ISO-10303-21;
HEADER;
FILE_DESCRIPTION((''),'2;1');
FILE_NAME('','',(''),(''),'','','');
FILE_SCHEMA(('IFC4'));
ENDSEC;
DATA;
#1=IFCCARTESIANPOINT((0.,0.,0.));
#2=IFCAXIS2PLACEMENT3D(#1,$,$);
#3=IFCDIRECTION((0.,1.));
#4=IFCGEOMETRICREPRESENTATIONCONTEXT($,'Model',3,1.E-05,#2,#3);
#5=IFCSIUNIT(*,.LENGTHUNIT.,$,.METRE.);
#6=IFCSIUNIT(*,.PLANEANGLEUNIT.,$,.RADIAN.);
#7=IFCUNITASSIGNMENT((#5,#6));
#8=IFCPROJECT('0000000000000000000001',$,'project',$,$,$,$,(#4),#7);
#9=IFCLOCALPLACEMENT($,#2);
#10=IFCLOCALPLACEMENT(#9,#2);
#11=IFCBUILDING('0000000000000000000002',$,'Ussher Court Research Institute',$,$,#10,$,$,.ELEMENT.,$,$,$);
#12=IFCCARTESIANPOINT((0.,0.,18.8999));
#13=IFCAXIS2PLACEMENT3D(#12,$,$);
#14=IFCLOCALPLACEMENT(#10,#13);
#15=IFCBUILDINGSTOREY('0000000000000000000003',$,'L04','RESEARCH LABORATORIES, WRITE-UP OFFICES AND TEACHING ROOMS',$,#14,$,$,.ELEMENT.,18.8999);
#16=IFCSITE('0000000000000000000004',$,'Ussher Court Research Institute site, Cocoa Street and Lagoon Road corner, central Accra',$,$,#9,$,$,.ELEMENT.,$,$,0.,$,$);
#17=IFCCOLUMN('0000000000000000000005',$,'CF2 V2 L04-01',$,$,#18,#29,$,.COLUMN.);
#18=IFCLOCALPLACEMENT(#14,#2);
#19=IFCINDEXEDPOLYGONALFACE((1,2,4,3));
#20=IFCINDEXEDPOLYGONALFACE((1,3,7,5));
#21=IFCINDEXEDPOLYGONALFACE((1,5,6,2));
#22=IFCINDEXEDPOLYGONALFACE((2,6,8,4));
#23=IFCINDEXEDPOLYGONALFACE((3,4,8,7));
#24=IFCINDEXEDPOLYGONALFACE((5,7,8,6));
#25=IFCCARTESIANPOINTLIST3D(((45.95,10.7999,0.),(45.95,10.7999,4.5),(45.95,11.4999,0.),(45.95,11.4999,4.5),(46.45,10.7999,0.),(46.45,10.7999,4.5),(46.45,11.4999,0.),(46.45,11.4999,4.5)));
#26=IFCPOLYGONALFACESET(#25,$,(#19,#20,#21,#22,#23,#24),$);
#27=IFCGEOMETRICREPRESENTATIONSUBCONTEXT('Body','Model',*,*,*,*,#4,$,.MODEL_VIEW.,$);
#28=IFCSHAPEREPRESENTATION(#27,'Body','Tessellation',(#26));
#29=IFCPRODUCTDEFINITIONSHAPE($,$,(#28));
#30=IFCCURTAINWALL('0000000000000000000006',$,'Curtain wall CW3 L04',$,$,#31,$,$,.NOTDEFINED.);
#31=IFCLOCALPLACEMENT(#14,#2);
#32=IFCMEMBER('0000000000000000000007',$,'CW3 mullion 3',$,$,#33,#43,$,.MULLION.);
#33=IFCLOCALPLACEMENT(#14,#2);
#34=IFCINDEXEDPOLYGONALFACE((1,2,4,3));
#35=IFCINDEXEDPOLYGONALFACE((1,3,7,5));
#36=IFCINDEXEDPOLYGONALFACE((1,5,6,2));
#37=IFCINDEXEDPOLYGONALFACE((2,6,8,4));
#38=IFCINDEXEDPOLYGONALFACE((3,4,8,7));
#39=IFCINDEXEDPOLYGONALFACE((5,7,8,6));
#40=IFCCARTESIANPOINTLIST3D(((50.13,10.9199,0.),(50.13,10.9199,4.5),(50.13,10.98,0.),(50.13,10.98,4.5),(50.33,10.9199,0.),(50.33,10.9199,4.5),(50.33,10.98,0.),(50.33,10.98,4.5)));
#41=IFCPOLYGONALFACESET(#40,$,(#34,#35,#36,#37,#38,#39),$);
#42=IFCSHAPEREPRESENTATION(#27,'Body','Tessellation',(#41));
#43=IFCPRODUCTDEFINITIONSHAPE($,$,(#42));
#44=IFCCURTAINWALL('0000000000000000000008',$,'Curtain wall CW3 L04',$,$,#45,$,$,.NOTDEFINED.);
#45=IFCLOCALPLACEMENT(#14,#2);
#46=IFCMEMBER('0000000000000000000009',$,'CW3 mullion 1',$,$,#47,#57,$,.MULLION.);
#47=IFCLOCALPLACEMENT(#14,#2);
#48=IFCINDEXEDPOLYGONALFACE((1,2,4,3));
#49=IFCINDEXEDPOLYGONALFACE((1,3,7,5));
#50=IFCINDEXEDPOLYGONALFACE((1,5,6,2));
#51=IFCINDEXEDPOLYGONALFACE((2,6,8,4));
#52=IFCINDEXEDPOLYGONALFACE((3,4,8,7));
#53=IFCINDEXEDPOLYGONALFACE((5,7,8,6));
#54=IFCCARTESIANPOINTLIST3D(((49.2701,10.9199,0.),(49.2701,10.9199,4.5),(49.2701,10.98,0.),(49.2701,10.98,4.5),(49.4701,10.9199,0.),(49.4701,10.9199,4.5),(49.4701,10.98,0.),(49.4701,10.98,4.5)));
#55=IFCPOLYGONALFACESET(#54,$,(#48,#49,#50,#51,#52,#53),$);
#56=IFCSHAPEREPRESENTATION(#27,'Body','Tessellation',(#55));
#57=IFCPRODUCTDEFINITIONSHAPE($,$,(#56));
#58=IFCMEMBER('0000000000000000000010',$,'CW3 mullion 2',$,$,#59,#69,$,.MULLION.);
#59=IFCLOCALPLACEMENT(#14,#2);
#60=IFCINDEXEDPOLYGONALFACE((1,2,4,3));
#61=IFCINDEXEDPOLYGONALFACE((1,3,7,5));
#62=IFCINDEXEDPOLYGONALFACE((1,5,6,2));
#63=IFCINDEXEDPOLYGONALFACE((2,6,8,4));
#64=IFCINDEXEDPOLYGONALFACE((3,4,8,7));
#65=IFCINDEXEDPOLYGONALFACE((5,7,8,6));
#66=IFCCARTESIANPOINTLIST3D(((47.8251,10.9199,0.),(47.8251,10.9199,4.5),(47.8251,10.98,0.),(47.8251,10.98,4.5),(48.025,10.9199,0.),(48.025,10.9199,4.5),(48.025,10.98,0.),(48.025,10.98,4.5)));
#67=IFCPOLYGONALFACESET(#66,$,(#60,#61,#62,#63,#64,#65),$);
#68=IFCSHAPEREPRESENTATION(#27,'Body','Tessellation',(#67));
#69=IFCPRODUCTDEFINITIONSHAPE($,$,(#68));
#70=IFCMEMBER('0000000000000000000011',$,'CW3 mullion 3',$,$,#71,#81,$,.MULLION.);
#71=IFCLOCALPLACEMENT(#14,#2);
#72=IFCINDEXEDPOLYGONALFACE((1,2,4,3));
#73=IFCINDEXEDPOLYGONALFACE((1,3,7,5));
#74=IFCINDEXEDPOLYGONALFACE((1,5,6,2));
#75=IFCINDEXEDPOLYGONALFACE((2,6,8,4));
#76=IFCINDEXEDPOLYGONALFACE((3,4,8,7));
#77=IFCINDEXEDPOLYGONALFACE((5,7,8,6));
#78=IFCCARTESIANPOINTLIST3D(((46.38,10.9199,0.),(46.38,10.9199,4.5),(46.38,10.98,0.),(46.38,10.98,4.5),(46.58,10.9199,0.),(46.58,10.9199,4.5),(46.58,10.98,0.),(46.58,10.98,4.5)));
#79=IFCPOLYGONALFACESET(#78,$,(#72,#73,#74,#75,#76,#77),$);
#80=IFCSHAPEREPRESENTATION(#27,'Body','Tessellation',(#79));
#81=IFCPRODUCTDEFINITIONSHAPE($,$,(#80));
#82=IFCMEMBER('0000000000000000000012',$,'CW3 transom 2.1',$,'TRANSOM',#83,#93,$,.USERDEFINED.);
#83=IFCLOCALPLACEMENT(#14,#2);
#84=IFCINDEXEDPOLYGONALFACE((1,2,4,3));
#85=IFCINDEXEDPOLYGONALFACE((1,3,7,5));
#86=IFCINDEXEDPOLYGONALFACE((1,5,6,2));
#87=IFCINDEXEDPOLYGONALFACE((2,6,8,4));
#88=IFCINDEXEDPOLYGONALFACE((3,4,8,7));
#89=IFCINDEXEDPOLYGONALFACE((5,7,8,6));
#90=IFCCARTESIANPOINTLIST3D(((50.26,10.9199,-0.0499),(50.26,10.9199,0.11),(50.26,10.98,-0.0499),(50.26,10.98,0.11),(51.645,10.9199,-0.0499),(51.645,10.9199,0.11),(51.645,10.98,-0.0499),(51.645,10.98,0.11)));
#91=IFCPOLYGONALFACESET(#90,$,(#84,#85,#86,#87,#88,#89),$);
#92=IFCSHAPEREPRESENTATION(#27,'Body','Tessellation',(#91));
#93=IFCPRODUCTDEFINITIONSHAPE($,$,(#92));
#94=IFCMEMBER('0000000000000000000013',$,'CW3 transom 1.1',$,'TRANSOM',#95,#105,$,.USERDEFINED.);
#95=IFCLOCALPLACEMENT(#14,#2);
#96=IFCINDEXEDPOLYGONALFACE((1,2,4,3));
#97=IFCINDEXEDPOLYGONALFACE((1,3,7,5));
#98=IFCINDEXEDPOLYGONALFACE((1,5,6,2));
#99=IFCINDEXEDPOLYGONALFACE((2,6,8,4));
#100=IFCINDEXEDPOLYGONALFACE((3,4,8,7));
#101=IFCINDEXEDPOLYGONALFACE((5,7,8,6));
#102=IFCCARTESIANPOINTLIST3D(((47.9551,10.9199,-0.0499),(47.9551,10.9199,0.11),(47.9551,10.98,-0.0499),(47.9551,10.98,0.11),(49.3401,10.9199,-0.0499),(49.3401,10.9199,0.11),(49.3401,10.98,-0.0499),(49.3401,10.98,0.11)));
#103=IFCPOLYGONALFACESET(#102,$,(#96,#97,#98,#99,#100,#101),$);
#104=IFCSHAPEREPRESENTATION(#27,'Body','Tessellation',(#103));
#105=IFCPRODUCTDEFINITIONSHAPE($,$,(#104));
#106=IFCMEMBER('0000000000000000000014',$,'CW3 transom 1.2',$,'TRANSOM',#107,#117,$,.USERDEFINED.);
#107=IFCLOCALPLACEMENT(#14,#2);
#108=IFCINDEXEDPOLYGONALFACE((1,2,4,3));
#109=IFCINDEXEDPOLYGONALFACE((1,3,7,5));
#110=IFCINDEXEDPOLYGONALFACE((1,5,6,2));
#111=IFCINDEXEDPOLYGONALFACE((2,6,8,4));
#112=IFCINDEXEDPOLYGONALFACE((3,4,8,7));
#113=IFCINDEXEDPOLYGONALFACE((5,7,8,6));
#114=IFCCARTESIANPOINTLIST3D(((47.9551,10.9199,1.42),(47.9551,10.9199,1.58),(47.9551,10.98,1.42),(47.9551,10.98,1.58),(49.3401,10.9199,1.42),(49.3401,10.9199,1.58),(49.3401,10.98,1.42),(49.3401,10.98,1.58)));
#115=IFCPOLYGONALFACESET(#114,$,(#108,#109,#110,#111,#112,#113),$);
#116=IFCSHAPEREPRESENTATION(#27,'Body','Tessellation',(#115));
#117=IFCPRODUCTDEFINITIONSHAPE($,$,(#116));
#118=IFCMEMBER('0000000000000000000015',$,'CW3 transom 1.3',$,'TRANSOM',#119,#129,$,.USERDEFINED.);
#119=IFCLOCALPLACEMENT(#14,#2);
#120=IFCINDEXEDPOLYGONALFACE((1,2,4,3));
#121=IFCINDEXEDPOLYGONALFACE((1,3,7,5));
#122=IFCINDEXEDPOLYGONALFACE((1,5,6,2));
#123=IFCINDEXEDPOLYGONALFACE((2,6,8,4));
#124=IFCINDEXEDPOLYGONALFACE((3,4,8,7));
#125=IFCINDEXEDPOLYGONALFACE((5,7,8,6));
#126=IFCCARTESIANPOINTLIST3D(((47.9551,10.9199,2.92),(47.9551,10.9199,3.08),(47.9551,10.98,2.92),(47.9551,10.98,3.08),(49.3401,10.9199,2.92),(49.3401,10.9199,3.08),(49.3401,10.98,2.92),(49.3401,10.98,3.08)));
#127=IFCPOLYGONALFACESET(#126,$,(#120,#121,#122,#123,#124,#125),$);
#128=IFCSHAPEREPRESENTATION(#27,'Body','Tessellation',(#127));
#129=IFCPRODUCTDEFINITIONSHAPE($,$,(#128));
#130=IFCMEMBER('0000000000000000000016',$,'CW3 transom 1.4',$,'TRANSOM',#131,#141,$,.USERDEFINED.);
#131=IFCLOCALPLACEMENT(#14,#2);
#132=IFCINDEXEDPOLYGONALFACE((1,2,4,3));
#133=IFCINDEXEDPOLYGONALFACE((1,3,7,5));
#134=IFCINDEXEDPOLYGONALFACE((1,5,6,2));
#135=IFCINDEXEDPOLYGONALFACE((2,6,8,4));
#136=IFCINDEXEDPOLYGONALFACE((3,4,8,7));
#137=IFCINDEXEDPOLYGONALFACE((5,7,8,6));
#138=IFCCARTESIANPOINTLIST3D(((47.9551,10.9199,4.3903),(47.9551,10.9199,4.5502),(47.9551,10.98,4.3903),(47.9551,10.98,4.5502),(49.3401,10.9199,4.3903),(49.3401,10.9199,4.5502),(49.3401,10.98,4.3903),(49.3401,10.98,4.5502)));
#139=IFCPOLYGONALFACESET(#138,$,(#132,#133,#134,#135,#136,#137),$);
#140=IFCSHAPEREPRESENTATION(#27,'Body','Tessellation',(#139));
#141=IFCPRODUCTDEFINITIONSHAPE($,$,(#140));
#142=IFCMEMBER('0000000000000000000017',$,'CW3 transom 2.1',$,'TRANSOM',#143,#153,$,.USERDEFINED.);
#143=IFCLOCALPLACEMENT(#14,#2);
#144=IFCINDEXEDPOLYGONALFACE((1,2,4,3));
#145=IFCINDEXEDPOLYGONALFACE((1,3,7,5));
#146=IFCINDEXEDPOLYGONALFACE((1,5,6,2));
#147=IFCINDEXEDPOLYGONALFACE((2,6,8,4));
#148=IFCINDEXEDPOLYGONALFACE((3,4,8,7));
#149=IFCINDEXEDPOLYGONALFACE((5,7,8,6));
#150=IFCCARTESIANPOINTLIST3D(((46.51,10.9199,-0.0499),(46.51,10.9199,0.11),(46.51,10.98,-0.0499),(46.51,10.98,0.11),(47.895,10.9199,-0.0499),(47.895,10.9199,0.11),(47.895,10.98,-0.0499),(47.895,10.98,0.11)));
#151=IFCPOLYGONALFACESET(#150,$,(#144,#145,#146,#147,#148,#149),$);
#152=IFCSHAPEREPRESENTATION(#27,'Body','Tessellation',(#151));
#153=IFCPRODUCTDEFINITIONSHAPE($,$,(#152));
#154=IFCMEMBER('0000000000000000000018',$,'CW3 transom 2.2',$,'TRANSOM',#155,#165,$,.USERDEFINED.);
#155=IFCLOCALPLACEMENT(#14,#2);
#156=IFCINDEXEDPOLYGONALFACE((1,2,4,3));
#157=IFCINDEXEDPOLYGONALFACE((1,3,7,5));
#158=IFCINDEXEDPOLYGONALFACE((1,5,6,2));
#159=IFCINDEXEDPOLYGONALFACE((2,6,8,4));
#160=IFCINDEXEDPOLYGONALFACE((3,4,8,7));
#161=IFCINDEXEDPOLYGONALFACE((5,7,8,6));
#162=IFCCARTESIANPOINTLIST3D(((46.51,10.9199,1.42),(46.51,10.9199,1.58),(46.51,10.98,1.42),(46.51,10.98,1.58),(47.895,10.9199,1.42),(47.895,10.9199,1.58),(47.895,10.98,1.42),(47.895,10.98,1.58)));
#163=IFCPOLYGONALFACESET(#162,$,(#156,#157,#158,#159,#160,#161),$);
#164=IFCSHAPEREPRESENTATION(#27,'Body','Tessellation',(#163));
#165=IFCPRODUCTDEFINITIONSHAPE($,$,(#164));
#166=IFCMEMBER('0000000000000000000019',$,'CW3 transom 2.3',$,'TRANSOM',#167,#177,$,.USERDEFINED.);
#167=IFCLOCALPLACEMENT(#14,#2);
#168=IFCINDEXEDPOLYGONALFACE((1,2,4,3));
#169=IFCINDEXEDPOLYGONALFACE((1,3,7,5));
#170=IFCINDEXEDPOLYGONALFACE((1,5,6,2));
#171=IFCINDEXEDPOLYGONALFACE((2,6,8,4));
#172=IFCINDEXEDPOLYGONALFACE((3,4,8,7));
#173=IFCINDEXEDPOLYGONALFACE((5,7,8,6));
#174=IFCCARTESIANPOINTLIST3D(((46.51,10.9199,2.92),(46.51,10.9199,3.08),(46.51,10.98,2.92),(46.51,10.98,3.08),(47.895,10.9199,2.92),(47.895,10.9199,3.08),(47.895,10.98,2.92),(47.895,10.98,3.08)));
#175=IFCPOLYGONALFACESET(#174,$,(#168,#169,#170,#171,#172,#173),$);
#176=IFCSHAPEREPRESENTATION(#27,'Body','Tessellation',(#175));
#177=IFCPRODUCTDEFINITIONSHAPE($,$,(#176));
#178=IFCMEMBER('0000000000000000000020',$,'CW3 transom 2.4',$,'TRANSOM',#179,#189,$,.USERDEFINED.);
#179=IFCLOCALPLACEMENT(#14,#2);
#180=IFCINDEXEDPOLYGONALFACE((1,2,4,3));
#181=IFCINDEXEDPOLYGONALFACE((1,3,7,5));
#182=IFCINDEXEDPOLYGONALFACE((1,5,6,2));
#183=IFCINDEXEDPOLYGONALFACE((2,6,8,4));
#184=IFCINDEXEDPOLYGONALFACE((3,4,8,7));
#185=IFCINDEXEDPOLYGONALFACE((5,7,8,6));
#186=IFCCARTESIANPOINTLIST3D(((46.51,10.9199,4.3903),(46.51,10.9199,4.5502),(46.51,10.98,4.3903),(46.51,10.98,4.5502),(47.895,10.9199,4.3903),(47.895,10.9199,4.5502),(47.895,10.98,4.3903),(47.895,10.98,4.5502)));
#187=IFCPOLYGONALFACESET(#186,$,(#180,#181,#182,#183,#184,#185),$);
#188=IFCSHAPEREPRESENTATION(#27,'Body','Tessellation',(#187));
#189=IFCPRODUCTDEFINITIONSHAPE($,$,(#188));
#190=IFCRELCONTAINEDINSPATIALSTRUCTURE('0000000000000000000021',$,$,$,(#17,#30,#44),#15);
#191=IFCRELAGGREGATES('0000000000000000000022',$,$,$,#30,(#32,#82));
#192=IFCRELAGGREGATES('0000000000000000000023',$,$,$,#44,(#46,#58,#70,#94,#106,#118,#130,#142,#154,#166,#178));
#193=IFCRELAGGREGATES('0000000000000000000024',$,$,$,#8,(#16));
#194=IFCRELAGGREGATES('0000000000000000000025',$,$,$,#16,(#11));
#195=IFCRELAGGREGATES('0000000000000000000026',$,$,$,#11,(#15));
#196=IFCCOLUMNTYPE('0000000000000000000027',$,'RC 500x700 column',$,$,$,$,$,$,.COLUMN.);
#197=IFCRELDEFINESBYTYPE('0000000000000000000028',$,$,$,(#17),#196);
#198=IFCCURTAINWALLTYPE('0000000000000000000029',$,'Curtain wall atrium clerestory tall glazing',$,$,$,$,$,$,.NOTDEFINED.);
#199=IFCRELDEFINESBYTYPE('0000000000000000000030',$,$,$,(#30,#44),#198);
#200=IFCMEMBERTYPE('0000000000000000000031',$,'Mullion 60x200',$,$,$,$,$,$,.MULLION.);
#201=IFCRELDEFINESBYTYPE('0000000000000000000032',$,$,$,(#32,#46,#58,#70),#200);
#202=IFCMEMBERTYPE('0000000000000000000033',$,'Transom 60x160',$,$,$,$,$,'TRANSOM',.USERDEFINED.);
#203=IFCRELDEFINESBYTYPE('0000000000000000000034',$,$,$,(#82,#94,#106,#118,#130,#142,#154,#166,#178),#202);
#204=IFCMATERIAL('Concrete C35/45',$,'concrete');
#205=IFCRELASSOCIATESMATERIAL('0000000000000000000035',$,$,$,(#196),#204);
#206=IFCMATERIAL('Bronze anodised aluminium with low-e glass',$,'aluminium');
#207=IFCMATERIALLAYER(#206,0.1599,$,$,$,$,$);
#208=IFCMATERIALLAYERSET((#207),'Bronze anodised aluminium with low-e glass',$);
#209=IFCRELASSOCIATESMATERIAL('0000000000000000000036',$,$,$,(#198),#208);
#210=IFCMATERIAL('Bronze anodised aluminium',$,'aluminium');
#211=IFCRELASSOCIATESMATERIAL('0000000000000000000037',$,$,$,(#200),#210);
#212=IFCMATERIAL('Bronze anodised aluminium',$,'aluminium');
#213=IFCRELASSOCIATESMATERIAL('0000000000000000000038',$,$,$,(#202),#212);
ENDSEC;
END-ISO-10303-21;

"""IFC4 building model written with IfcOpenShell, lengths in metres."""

from ifc_helpers import new_model, si_unit, direction, frame, origin, origin_2d, place, context, subcontext, project, spatial, rectangle, extrude, material, layer, layer_set, material_profile, profile_set, type_object, element, aggregate, save


model = new_model("IFC4")

# Units and contexts
model_context = context("Model", 3, precision=1e-05, world=origin(), true_north=direction((0.0, 1.0)))
body_context = subcontext(model_context, "Body", "Model", "MODEL_VIEW")
ifc_project = project(units=[si_unit("LENGTHUNIT", "METRE"), si_unit("PLANEANGLEUNIT", "RADIAN")], contexts=[model_context])

# Site, building, storey
site_placement = place(None, origin())
site = spatial("IfcSite", under=ifc_project, at=site_placement, Name="Ussher Court Research Institute site, Cocoa Street and Lagoon Road corner, central Accra", CompositionType="ELEMENT", RefElevation=0.0)
building_placement = place(site_placement, origin())
building = spatial("IfcBuilding", under=site, at=building_placement, Name="Ussher Court Research Institute", CompositionType="ELEMENT")
storey_placement = place(building_placement, frame((0.0, 0.0, 18.8999)))
storey = spatial("IfcBuildingStorey", under=building, at=storey_placement, Name="L04", Description="RESEARCH LABORATORIES, WRITE-UP OFFICES AND TEACHING ROOMS", CompositionType="ELEMENT", Elevation=18.8999)

# Column
ifc_material_1 = material(Name="Concrete C35/45", Category="concrete")
ifc_material_profile_1 = material_profile(ifc_material_1, rectangle(XDim=0.5, YDim=0.7, at=origin_2d()), Name="RC 500x700")
ifc_profile_set_1 = profile_set([ifc_material_profile_1], Name="Concrete C35/45")
column_type = type_object("IfcColumnType", Name="RC 500x700 column", PredefinedType="COLUMN", material=ifc_profile_set_1)
column_placement = place(storey_placement, frame((46.2, 11.1499, 0.0), z_axis=(0.0, 0.0, 1.0), x_axis=(1.0, 0.0, 0.0)))
element("IfcColumn", 1, at=column_placement, inside=storey, type_object=column_type, Name="CF2 V2 L04-01", PredefinedType="COLUMN", context=body_context, shape_type="SweptSolid", body=[
    extrude(rectangle(XDim=0.5, YDim=0.7, at=origin_2d()), origin(), (0.0, 0.0, 1.0), 4.5),
])

# Curtain wall, member
ifc_material_2 = material(Name="Bronze anodised aluminium with low-e glass", Category="aluminium")
ifc_layer_1 = layer(ifc_material_2, 0.1599)
ifc_layer_set_1 = layer_set([ifc_layer_1], Name="Bronze anodised aluminium with low-e glass")
curtain_wall_type = type_object("IfcCurtainWallType", Name="Curtain wall atrium clerestory tall glazing", PredefinedType="NOTDEFINED", material=ifc_layer_set_1)
curtain_wall_1_placement = place(storey_placement, origin())
curtain_wall_1 = element("IfcCurtainWall", 2, at=curtain_wall_1_placement, inside=storey, type_object=curtain_wall_type, Name="Curtain wall CW3 L04", PredefinedType="NOTDEFINED")
ifc_material_3 = material(Name="Bronze anodised aluminium", Category="aluminium")
ifc_material_profile_2 = material_profile(ifc_material_3, rectangle(XDim=0.0601, YDim=0.2, at=origin_2d()), Name="Mullion 60x200")
ifc_profile_set_2 = profile_set([ifc_material_profile_2], Name="Bronze anodised aluminium")
member_type_1 = type_object("IfcMemberType", Name="Mullion 60x200", PredefinedType="MULLION", material=ifc_profile_set_2)
member_1_placement = place(storey_placement, frame((50.23, 10.95, 0.0), z_axis=(0.0, 0.0, 1.0), x_axis=(0.0, -1.0, 0.0)))
member_1 = element("IfcMember", 3, at=member_1_placement, type_object=member_type_1, Name="CW3 mullion 3", PredefinedType="MULLION", context=body_context, shape_type="SweptSolid", body=[
    extrude(rectangle(XDim=0.0601, YDim=0.2, at=origin_2d()), origin(), (0.0, 0.0, 1.0), 4.5),
])

# Curtain wall, members
curtain_wall_2_placement = place(storey_placement, origin())
curtain_wall_2 = element("IfcCurtainWall", 4, at=curtain_wall_2_placement, inside=storey, type_object=curtain_wall_type, Name="Curtain wall CW3 L04", PredefinedType="NOTDEFINED")
member_2_placement = place(storey_placement, frame((49.3701, 10.95, 0.0), z_axis=(0.0, 0.0, 1.0), x_axis=(0.0, -1.0, 0.0)))
member_2 = element("IfcMember", 5, at=member_2_placement, type_object=member_type_1, Name="CW3 mullion 1", PredefinedType="MULLION", context=body_context, shape_type="SweptSolid", body=[
    extrude(rectangle(XDim=0.0601, YDim=0.2, at=origin_2d()), origin(), (0.0, 0.0, 1.0), 4.5),
])
member_3_placement = place(storey_placement, frame((47.925, 10.95, 0.0), z_axis=(0.0, 0.0, 1.0), x_axis=(0.0, -1.0, 0.0)))
member_3 = element("IfcMember", 6, at=member_3_placement, type_object=member_type_1, Name="CW3 mullion 2", PredefinedType="MULLION", context=body_context, shape_type="SweptSolid", body=[
    extrude(rectangle(XDim=0.0601, YDim=0.2, at=origin_2d()), origin(), (0.0, 0.0, 1.0), 4.5),
])
member_4_placement = place(storey_placement, frame((46.48, 10.95, 0.0), z_axis=(0.0, 0.0, 1.0), x_axis=(0.0, -1.0, 0.0)))
member_4 = element("IfcMember", 7, at=member_4_placement, type_object=member_type_1, Name="CW3 mullion 3", PredefinedType="MULLION", context=body_context, shape_type="SweptSolid", body=[
    extrude(rectangle(XDim=0.0601, YDim=0.2, at=origin_2d()), origin(), (0.0, 0.0, 1.0), 4.5),
])

# Members
ifc_material_4 = material(Name="Bronze anodised aluminium", Category="aluminium")
ifc_material_profile_3 = material_profile(ifc_material_4, rectangle(XDim=0.0601, YDim=0.1599, at=origin_2d()), Name="Transom 60x160")
ifc_profile_set_3 = profile_set([ifc_material_profile_3], Name="Bronze anodised aluminium")
member_type_2 = type_object("IfcMemberType", Name="Transom 60x160", ElementType="TRANSOM", PredefinedType="USERDEFINED", material=ifc_profile_set_3)
member_5_placement = place(storey_placement, frame((51.645, 10.95, 0.03), z_axis=(-1.0, 0.0, 0.0), x_axis=(0.0, -1.0, 0.0)))
member_5 = element("IfcMember", 8, at=member_5_placement, type_object=member_type_2, Name="CW3 transom 2.1", ObjectType="TRANSOM", PredefinedType="USERDEFINED", context=body_context, shape_type="SweptSolid", body=[
    extrude(rectangle(XDim=0.0601, YDim=0.1599, at=origin_2d()), origin(), (0.0, 0.0, 1.0), 1.385),
])
member_6_placement = place(storey_placement, frame((49.3401, 10.95, 0.03), z_axis=(-1.0, 0.0, 0.0), x_axis=(0.0, -1.0, 0.0)))
member_6 = element("IfcMember", 9, at=member_6_placement, type_object=member_type_2, Name="CW3 transom 1.1", ObjectType="TRANSOM", PredefinedType="USERDEFINED", context=body_context, shape_type="SweptSolid", body=[
    extrude(rectangle(XDim=0.0601, YDim=0.1599, at=origin_2d()), origin(), (0.0, 0.0, 1.0), 1.385),
])
member_7_placement = place(storey_placement, frame((49.3401, 10.95, 1.5), z_axis=(-1.0, 0.0, 0.0), x_axis=(0.0, -1.0, 0.0)))
member_7 = element("IfcMember", 10, at=member_7_placement, type_object=member_type_2, Name="CW3 transom 1.2", ObjectType="TRANSOM", PredefinedType="USERDEFINED", context=body_context, shape_type="SweptSolid", body=[
    extrude(rectangle(XDim=0.0601, YDim=0.1599, at=origin_2d()), origin(), (0.0, 0.0, 1.0), 1.385),
])
member_8_placement = place(storey_placement, frame((49.3401, 10.95, 3.0), z_axis=(-1.0, 0.0, 0.0), x_axis=(0.0, -1.0, 0.0)))
member_8 = element("IfcMember", 11, at=member_8_placement, type_object=member_type_2, Name="CW3 transom 1.3", ObjectType="TRANSOM", PredefinedType="USERDEFINED", context=body_context, shape_type="SweptSolid", body=[
    extrude(rectangle(XDim=0.0601, YDim=0.1599, at=origin_2d()), origin(), (0.0, 0.0, 1.0), 1.385),
])
member_9_placement = place(storey_placement, frame((49.3401, 10.95, 4.4702), z_axis=(-1.0, 0.0, 0.0), x_axis=(0.0, -1.0, 0.0)))
member_9 = element("IfcMember", 12, at=member_9_placement, type_object=member_type_2, Name="CW3 transom 1.4", ObjectType="TRANSOM", PredefinedType="USERDEFINED", context=body_context, shape_type="SweptSolid", body=[
    extrude(rectangle(XDim=0.0601, YDim=0.1599, at=origin_2d()), origin(), (0.0, 0.0, 1.0), 1.385),
])
member_10_placement = place(storey_placement, frame((47.895, 10.95, 0.03), z_axis=(-1.0, 0.0, 0.0), x_axis=(0.0, -1.0, 0.0)))
member_10 = element("IfcMember", 13, at=member_10_placement, type_object=member_type_2, Name="CW3 transom 2.1", ObjectType="TRANSOM", PredefinedType="USERDEFINED", context=body_context, shape_type="SweptSolid", body=[
    extrude(rectangle(XDim=0.0601, YDim=0.1599, at=origin_2d()), origin(), (0.0, 0.0, 1.0), 1.385),
])
member_11_placement = place(storey_placement, frame((47.895, 10.95, 1.5), z_axis=(-1.0, 0.0, 0.0), x_axis=(0.0, -1.0, 0.0)))
member_11 = element("IfcMember", 14, at=member_11_placement, type_object=member_type_2, Name="CW3 transom 2.2", ObjectType="TRANSOM", PredefinedType="USERDEFINED", context=body_context, shape_type="SweptSolid", body=[
    extrude(rectangle(XDim=0.0601, YDim=0.1599, at=origin_2d()), origin(), (0.0, 0.0, 1.0), 1.385),
])
member_12_placement = place(storey_placement, frame((47.895, 10.95, 3.0), z_axis=(-1.0, 0.0, 0.0), x_axis=(0.0, -1.0, 0.0)))
member_12 = element("IfcMember", 15, at=member_12_placement, type_object=member_type_2, Name="CW3 transom 2.3", ObjectType="TRANSOM", PredefinedType="USERDEFINED", context=body_context, shape_type="SweptSolid", body=[
    extrude(rectangle(XDim=0.0601, YDim=0.1599, at=origin_2d()), origin(), (0.0, 0.0, 1.0), 1.385),
])
member_13_placement = place(storey_placement, frame((47.895, 10.95, 4.4702), z_axis=(-1.0, 0.0, 0.0), x_axis=(0.0, -1.0, 0.0)))
member_13 = element("IfcMember", 16, at=member_13_placement, type_object=member_type_2, Name="CW3 transom 2.4", ObjectType="TRANSOM", PredefinedType="USERDEFINED", context=body_context, shape_type="SweptSolid", body=[
    extrude(rectangle(XDim=0.0601, YDim=0.1599, at=origin_2d()), origin(), (0.0, 0.0, 1.0), 1.385),
])

aggregate(curtain_wall_1, [member_1, member_5])
aggregate(curtain_wall_2, [member_2, member_3, member_4, member_6, member_7, member_8, member_9, member_10, member_11, member_12, member_13])

save(model, "model.ifc")
